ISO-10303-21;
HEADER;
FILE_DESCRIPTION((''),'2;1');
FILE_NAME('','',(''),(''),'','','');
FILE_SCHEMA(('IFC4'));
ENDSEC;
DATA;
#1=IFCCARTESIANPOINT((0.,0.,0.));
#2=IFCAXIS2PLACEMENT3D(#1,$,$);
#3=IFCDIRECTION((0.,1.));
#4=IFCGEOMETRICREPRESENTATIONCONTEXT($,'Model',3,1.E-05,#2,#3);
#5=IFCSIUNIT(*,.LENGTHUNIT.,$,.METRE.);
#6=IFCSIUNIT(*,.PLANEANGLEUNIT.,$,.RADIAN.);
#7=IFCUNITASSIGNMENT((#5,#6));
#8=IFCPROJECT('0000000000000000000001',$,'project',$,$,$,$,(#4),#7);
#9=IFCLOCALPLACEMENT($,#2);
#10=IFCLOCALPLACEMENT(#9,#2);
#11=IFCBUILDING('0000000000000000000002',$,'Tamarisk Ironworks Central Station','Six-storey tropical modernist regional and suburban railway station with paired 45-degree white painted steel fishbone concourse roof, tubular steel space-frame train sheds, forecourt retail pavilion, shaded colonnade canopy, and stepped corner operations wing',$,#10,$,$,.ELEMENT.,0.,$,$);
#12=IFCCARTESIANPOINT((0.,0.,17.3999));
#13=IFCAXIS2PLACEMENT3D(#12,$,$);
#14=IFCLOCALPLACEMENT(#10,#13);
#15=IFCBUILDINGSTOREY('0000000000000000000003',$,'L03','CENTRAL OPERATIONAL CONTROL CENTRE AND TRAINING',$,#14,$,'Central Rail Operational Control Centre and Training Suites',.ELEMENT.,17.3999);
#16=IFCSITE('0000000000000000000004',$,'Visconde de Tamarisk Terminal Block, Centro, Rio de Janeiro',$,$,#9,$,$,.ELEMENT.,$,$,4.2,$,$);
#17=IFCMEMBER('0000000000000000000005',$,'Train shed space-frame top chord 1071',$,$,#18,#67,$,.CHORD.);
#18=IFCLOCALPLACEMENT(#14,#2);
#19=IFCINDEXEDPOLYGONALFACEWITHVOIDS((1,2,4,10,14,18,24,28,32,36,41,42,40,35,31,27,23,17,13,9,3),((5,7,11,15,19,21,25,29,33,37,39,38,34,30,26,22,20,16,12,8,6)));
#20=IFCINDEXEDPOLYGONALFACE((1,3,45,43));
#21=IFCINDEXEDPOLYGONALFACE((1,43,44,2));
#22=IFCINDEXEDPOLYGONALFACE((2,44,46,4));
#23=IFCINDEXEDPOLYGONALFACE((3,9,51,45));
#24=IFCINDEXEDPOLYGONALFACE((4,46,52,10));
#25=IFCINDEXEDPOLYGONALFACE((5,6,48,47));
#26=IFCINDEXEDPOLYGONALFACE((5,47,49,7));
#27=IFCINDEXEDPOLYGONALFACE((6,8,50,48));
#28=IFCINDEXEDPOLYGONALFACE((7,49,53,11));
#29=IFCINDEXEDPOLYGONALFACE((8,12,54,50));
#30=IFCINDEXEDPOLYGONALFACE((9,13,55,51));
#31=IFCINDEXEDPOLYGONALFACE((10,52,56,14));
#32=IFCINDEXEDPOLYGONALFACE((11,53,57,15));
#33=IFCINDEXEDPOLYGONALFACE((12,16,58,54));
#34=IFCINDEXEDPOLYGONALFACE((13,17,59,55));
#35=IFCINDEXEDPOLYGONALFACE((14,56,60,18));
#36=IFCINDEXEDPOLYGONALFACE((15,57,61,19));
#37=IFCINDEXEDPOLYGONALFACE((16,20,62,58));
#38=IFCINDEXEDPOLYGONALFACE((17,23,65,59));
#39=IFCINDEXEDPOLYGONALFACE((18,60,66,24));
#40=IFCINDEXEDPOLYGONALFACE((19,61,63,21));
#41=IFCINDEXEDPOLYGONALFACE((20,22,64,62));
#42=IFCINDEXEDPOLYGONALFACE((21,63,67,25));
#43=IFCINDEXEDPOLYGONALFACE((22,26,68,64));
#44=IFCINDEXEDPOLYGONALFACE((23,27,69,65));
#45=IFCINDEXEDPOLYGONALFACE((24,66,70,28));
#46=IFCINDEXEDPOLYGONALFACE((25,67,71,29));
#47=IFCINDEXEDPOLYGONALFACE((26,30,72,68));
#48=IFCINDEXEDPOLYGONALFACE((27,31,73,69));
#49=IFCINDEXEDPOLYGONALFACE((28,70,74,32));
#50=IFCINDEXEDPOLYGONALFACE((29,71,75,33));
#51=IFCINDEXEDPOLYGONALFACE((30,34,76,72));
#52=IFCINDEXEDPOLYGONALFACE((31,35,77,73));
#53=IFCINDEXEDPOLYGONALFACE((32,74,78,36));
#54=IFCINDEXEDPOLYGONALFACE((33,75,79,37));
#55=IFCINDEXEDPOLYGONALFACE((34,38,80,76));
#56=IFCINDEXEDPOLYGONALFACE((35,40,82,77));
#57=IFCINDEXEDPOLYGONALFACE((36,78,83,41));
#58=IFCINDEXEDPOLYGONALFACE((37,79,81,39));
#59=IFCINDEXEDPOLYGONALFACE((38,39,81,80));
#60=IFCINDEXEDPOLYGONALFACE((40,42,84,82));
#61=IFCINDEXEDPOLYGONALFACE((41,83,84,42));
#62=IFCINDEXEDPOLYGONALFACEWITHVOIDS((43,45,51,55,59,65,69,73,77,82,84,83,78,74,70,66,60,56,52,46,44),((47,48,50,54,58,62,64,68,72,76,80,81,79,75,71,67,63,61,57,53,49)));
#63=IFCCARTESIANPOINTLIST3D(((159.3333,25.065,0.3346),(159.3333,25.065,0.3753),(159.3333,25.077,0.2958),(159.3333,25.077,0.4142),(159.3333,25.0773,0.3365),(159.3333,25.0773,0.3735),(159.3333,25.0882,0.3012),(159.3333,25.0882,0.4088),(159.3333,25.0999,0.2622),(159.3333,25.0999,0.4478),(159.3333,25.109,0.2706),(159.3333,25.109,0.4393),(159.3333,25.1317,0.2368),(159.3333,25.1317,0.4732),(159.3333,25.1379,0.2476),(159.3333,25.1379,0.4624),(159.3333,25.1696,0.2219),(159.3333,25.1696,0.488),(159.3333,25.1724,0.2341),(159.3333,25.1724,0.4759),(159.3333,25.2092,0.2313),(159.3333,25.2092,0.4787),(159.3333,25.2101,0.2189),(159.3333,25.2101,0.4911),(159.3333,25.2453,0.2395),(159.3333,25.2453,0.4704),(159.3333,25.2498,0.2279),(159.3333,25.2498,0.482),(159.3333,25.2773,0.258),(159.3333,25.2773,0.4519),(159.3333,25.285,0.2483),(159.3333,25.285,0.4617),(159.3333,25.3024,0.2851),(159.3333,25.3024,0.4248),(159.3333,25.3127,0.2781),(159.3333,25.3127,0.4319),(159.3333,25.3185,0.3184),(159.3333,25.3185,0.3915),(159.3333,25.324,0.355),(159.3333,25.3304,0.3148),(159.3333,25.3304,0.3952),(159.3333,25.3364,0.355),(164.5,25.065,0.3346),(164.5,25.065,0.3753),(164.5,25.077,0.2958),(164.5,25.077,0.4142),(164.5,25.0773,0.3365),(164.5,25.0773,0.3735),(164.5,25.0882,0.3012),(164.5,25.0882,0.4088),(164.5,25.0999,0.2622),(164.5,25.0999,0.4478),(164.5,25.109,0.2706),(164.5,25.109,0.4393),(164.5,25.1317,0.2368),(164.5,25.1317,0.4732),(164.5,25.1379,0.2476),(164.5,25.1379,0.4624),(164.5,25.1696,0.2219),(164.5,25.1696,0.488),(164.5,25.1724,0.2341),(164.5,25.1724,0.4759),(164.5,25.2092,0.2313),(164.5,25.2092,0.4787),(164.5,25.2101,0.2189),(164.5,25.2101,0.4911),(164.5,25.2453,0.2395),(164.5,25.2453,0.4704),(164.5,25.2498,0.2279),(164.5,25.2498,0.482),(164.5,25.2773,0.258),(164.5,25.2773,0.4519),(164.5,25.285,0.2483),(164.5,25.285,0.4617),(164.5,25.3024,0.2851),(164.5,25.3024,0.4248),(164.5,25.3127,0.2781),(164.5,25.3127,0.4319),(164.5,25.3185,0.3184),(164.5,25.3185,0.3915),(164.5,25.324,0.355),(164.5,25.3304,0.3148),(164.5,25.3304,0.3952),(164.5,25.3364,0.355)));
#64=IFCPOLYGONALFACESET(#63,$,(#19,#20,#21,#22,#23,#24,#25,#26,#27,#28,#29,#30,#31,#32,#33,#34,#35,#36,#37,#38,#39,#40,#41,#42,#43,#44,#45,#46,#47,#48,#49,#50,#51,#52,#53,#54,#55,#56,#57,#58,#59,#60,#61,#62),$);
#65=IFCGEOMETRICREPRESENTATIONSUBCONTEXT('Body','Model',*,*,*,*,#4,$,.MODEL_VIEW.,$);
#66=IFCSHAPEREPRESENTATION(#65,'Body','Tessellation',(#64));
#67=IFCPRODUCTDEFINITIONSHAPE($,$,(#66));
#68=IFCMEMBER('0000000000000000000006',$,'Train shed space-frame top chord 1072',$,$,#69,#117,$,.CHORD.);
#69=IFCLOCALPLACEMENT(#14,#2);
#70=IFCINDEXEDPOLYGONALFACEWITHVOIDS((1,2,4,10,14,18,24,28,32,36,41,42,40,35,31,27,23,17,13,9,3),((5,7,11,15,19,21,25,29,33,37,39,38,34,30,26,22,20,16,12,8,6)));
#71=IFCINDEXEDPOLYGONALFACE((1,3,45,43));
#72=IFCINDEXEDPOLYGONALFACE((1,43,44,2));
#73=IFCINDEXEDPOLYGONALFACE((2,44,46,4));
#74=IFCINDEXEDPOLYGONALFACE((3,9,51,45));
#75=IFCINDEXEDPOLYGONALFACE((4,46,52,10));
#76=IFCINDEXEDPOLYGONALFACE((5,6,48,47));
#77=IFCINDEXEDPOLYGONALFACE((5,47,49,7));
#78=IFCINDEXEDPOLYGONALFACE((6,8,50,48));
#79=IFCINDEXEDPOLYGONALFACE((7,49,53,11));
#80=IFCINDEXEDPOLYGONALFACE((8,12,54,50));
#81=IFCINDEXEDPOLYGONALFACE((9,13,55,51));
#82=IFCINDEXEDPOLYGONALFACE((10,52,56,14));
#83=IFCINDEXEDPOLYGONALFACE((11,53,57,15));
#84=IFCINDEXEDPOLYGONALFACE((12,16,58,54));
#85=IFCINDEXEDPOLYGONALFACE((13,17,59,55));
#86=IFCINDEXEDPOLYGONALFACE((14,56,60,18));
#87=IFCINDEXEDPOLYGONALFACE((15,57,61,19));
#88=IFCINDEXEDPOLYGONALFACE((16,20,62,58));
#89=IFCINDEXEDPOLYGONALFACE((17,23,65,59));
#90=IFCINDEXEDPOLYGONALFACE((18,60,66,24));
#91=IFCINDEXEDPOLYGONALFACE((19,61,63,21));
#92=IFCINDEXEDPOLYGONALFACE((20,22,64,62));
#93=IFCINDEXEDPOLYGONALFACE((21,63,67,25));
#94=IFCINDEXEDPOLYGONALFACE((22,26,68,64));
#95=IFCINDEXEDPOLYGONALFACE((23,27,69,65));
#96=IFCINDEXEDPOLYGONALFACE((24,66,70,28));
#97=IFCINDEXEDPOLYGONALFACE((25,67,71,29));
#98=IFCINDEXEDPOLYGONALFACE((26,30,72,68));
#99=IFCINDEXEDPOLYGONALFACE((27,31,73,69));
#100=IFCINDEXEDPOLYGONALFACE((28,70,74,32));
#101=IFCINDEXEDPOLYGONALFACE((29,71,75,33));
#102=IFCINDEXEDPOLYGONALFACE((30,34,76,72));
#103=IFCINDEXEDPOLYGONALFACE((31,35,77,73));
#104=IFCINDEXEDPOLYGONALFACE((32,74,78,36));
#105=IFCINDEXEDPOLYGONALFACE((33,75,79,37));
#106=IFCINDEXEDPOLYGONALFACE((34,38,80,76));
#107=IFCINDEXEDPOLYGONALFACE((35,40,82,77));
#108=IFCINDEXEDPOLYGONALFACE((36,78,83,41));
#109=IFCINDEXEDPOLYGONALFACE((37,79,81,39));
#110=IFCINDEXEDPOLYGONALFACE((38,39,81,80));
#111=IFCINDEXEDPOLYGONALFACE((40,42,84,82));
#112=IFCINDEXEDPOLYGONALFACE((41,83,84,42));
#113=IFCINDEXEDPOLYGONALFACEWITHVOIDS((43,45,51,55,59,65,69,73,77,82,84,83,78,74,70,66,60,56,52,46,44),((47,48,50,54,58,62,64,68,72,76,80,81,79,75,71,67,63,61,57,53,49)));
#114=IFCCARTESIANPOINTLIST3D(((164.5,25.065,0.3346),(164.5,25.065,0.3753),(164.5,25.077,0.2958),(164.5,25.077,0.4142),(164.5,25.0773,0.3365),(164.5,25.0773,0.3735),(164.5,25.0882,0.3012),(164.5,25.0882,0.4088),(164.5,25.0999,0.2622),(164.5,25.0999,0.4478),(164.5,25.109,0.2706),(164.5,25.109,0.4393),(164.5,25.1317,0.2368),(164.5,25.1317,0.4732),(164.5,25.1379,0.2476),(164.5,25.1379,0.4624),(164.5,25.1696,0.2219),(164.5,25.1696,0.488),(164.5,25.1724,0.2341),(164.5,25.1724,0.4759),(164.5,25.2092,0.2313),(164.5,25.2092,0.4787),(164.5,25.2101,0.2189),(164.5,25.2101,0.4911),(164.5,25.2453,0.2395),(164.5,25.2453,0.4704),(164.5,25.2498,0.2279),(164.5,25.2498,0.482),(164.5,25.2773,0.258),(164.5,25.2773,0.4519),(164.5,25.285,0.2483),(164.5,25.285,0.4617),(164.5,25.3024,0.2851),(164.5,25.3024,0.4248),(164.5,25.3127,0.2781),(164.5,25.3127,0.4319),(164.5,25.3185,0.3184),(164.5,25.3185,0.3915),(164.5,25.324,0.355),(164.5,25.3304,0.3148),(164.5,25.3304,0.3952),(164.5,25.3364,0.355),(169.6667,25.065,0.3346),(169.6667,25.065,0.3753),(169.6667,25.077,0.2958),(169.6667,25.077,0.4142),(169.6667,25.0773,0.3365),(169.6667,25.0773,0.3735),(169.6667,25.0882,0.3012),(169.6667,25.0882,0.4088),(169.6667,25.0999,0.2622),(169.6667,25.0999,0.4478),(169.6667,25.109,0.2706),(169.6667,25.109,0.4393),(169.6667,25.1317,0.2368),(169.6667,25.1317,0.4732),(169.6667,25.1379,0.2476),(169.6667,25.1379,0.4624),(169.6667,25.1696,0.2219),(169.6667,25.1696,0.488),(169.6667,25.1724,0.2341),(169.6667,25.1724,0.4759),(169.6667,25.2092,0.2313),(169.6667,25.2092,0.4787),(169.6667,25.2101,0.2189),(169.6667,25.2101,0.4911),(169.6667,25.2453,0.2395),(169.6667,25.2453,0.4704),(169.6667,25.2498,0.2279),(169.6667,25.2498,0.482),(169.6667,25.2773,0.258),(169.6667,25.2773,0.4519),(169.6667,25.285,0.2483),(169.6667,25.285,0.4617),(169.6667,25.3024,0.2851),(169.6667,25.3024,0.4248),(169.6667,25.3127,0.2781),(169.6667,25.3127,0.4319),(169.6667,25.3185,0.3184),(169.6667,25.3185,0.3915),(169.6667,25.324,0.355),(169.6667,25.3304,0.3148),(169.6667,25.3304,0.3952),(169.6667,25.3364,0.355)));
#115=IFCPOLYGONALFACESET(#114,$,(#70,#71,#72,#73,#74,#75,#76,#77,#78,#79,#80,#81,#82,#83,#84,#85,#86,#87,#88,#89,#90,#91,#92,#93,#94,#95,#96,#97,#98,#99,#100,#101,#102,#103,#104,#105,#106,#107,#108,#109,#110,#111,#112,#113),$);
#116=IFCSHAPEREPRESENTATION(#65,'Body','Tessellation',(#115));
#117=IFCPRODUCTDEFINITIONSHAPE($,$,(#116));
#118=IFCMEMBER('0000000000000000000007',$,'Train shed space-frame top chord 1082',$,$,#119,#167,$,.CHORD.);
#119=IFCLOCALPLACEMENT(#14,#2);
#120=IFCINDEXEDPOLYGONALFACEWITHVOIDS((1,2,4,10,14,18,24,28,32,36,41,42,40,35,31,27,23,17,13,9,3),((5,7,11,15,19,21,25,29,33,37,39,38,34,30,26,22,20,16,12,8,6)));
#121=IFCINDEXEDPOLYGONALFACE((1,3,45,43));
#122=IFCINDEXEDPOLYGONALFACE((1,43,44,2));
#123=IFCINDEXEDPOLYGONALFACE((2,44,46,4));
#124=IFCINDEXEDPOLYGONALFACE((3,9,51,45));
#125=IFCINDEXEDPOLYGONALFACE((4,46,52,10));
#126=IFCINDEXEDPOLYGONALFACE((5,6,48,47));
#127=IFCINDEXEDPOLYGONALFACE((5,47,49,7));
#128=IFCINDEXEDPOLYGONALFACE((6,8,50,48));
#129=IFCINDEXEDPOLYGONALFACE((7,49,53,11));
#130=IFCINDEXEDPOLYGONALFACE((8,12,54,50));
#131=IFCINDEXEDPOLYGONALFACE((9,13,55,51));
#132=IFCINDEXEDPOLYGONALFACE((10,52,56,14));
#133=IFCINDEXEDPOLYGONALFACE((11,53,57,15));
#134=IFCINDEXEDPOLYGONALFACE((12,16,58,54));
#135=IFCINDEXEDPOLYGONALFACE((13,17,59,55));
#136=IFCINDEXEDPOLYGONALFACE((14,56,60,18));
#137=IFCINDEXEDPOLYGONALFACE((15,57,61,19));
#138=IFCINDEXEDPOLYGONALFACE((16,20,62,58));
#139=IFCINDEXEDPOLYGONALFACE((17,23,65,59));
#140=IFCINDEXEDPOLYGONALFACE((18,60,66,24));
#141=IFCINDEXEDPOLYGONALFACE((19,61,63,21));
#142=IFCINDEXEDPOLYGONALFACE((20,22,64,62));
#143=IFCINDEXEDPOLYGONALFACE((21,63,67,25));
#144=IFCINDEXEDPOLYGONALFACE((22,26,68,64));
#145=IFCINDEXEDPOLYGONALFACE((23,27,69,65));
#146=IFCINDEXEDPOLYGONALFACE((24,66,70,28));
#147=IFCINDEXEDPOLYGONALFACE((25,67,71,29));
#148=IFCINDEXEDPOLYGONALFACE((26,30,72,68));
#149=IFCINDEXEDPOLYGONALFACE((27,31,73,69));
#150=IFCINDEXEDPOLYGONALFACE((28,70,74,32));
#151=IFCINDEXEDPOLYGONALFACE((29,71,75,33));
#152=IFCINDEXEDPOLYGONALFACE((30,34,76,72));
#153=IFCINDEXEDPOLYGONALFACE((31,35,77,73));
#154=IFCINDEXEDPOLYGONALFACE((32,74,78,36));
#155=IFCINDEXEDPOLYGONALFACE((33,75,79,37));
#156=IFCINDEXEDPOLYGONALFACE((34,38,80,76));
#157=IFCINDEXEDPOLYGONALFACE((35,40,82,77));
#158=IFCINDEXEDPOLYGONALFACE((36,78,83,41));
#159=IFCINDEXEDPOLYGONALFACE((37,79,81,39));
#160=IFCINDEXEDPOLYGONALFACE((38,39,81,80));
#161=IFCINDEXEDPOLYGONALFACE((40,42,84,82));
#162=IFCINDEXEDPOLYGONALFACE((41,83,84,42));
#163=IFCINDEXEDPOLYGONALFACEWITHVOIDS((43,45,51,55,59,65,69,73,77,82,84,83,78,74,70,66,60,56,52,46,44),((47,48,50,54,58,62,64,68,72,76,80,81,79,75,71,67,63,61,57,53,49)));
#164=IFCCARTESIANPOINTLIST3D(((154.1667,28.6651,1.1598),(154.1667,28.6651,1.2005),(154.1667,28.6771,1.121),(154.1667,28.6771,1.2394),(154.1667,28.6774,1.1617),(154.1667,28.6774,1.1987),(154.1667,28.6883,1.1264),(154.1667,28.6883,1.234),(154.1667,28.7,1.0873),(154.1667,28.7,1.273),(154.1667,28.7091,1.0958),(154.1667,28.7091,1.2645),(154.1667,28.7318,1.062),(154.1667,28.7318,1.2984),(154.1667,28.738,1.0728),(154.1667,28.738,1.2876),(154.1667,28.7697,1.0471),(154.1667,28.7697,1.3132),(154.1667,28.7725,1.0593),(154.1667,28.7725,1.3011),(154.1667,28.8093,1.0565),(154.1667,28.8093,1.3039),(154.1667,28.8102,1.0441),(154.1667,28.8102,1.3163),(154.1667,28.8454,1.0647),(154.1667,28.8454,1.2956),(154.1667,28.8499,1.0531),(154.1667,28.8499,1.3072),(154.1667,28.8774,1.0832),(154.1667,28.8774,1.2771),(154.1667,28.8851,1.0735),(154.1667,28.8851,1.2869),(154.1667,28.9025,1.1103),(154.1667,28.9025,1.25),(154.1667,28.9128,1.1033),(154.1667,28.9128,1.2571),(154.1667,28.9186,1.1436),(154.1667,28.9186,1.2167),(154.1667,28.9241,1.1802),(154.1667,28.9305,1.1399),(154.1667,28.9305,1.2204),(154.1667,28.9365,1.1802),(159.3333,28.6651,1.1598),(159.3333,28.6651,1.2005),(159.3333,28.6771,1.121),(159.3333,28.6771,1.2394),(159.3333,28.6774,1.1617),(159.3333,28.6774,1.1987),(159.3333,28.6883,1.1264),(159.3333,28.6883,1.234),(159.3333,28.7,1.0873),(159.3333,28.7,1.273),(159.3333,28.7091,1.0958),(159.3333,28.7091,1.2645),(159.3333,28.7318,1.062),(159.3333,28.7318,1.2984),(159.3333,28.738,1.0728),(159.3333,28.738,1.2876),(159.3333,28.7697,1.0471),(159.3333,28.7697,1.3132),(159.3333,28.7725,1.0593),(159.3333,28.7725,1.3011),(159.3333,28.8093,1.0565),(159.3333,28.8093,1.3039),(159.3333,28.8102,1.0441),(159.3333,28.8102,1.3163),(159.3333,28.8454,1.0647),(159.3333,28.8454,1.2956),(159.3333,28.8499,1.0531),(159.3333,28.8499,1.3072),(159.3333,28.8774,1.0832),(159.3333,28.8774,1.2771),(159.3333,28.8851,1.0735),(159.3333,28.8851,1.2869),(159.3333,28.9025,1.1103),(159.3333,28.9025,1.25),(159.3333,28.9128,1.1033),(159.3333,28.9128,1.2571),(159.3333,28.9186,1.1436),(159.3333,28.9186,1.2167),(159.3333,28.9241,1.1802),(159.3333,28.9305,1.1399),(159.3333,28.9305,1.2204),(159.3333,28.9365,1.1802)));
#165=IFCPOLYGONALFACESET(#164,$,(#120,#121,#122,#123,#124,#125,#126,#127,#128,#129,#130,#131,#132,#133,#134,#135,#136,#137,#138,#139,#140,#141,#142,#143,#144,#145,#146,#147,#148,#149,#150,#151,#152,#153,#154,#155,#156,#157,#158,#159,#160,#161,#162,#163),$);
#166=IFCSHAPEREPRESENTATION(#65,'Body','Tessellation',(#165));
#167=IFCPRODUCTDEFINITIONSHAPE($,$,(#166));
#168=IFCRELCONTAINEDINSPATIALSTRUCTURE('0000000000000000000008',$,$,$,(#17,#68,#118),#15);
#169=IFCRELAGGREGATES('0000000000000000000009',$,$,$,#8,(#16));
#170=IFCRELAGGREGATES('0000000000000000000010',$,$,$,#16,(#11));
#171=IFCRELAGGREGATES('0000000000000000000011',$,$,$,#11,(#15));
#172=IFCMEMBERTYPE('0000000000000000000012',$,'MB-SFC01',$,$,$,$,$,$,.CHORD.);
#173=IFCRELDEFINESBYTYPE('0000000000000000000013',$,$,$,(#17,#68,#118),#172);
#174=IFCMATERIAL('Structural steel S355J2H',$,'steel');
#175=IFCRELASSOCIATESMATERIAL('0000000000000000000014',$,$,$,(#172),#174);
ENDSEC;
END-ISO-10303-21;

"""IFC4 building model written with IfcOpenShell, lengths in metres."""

from ifc_helpers import new_model, si_unit, direction, frame, origin, origin_2d, place, context, subcontext, project, spatial, hollow_circle, extrude, material, material_profile, profile_set, type_object, element, save


model = new_model("IFC4")

# Units and contexts
model_context = context("Model", 3, precision=1e-05, world=origin(), true_north=direction((0.0, 1.0)))
body_context = subcontext(model_context, "Body", "Model", "MODEL_VIEW")
ifc_project = project(units=[si_unit("LENGTHUNIT", "METRE"), si_unit("PLANEANGLEUNIT", "RADIAN")], contexts=[model_context])

# Site, building, storey
site_placement = place(None, origin())
site = spatial("IfcSite", under=ifc_project, at=site_placement, Name="Visconde de Tamarisk Terminal Block, Centro, Rio de Janeiro", CompositionType="ELEMENT", RefElevation=4.2)
building_placement = place(site_placement, origin())
building = spatial("IfcBuilding", under=site, at=building_placement, Name="Tamarisk Ironworks Central Station", Description="Six-storey tropical modernist regional and suburban railway station with paired 45-degree white painted steel fishbone concourse roof, tubular steel space-frame train sheds, forecourt retail pavilion, shaded colonnade canopy, and stepped corner operations wing", CompositionType="ELEMENT", ElevationOfRefHeight=0.0)
storey_placement = place(building_placement, frame((0.0, 0.0, 17.3999)))
storey = spatial("IfcBuildingStorey", under=building, at=storey_placement, Name="L03", Description="CENTRAL OPERATIONAL CONTROL CENTRE AND TRAINING", LongName="Central Rail Operational Control Centre and Training Suites", CompositionType="ELEMENT", Elevation=17.3999)

# Members
ifc_material = material(Name="Structural steel S355J2H", Category="steel")
ifc_material_profile_1 = material_profile(ifc_material, hollow_circle(Radius=0.1365, WallThickness=0.0125, at=origin_2d()), Name="CHS 273x12.5")
ifc_profile_set_1 = profile_set([ifc_material_profile_1], Name="Structural steel S355J2H")
member_type_1 = type_object("IfcMemberType", Name="MB-SFC01", PredefinedType="CHORD", material=ifc_profile_set_1)
for number, where, z_axis, x_axis, name in (
    (1, (159.3333, 25.2, 0.355), (1.0, 0.0, 0.0), (0.0, 1.0, 0.0), "Train shed space-frame top chord 1071"),
    (2, (164.5, 25.2, 0.355), (1.0, 0.0, 0.0), (0.0, 1.0, 0.0), "Train shed space-frame top chord 1072"),
):
    element("IfcMember", number, at=place(storey_placement, frame(where, z_axis=z_axis, x_axis=x_axis)), inside=storey, type_object=member_type_1, Name=name, PredefinedType="CHORD", context=body_context, shape_type="SweptSolid", body=[
        extrude(hollow_circle(Radius=0.1365, WallThickness=0.0125, at=origin_2d()), origin(), (0.0, 0.0, 1.0), 5.1667),
    ])
member_1_placement = place(storey_placement, frame((154.1667, 28.8, 1.1802), z_axis=(1.0, 0.0, 0.0), x_axis=(0.0, 1.0, 0.0)))
element("IfcMember", 3, at=member_1_placement, inside=storey, type_object=member_type_1, Name="Train shed space-frame top chord 1082", PredefinedType="CHORD", context=body_context, shape_type="SweptSolid", body=[
    extrude(hollow_circle(Radius=0.1365, WallThickness=0.0125, at=origin_2d()), origin(), (0.0, 0.0, 1.0), 5.1665),
])

save(model, "model.ifc")
